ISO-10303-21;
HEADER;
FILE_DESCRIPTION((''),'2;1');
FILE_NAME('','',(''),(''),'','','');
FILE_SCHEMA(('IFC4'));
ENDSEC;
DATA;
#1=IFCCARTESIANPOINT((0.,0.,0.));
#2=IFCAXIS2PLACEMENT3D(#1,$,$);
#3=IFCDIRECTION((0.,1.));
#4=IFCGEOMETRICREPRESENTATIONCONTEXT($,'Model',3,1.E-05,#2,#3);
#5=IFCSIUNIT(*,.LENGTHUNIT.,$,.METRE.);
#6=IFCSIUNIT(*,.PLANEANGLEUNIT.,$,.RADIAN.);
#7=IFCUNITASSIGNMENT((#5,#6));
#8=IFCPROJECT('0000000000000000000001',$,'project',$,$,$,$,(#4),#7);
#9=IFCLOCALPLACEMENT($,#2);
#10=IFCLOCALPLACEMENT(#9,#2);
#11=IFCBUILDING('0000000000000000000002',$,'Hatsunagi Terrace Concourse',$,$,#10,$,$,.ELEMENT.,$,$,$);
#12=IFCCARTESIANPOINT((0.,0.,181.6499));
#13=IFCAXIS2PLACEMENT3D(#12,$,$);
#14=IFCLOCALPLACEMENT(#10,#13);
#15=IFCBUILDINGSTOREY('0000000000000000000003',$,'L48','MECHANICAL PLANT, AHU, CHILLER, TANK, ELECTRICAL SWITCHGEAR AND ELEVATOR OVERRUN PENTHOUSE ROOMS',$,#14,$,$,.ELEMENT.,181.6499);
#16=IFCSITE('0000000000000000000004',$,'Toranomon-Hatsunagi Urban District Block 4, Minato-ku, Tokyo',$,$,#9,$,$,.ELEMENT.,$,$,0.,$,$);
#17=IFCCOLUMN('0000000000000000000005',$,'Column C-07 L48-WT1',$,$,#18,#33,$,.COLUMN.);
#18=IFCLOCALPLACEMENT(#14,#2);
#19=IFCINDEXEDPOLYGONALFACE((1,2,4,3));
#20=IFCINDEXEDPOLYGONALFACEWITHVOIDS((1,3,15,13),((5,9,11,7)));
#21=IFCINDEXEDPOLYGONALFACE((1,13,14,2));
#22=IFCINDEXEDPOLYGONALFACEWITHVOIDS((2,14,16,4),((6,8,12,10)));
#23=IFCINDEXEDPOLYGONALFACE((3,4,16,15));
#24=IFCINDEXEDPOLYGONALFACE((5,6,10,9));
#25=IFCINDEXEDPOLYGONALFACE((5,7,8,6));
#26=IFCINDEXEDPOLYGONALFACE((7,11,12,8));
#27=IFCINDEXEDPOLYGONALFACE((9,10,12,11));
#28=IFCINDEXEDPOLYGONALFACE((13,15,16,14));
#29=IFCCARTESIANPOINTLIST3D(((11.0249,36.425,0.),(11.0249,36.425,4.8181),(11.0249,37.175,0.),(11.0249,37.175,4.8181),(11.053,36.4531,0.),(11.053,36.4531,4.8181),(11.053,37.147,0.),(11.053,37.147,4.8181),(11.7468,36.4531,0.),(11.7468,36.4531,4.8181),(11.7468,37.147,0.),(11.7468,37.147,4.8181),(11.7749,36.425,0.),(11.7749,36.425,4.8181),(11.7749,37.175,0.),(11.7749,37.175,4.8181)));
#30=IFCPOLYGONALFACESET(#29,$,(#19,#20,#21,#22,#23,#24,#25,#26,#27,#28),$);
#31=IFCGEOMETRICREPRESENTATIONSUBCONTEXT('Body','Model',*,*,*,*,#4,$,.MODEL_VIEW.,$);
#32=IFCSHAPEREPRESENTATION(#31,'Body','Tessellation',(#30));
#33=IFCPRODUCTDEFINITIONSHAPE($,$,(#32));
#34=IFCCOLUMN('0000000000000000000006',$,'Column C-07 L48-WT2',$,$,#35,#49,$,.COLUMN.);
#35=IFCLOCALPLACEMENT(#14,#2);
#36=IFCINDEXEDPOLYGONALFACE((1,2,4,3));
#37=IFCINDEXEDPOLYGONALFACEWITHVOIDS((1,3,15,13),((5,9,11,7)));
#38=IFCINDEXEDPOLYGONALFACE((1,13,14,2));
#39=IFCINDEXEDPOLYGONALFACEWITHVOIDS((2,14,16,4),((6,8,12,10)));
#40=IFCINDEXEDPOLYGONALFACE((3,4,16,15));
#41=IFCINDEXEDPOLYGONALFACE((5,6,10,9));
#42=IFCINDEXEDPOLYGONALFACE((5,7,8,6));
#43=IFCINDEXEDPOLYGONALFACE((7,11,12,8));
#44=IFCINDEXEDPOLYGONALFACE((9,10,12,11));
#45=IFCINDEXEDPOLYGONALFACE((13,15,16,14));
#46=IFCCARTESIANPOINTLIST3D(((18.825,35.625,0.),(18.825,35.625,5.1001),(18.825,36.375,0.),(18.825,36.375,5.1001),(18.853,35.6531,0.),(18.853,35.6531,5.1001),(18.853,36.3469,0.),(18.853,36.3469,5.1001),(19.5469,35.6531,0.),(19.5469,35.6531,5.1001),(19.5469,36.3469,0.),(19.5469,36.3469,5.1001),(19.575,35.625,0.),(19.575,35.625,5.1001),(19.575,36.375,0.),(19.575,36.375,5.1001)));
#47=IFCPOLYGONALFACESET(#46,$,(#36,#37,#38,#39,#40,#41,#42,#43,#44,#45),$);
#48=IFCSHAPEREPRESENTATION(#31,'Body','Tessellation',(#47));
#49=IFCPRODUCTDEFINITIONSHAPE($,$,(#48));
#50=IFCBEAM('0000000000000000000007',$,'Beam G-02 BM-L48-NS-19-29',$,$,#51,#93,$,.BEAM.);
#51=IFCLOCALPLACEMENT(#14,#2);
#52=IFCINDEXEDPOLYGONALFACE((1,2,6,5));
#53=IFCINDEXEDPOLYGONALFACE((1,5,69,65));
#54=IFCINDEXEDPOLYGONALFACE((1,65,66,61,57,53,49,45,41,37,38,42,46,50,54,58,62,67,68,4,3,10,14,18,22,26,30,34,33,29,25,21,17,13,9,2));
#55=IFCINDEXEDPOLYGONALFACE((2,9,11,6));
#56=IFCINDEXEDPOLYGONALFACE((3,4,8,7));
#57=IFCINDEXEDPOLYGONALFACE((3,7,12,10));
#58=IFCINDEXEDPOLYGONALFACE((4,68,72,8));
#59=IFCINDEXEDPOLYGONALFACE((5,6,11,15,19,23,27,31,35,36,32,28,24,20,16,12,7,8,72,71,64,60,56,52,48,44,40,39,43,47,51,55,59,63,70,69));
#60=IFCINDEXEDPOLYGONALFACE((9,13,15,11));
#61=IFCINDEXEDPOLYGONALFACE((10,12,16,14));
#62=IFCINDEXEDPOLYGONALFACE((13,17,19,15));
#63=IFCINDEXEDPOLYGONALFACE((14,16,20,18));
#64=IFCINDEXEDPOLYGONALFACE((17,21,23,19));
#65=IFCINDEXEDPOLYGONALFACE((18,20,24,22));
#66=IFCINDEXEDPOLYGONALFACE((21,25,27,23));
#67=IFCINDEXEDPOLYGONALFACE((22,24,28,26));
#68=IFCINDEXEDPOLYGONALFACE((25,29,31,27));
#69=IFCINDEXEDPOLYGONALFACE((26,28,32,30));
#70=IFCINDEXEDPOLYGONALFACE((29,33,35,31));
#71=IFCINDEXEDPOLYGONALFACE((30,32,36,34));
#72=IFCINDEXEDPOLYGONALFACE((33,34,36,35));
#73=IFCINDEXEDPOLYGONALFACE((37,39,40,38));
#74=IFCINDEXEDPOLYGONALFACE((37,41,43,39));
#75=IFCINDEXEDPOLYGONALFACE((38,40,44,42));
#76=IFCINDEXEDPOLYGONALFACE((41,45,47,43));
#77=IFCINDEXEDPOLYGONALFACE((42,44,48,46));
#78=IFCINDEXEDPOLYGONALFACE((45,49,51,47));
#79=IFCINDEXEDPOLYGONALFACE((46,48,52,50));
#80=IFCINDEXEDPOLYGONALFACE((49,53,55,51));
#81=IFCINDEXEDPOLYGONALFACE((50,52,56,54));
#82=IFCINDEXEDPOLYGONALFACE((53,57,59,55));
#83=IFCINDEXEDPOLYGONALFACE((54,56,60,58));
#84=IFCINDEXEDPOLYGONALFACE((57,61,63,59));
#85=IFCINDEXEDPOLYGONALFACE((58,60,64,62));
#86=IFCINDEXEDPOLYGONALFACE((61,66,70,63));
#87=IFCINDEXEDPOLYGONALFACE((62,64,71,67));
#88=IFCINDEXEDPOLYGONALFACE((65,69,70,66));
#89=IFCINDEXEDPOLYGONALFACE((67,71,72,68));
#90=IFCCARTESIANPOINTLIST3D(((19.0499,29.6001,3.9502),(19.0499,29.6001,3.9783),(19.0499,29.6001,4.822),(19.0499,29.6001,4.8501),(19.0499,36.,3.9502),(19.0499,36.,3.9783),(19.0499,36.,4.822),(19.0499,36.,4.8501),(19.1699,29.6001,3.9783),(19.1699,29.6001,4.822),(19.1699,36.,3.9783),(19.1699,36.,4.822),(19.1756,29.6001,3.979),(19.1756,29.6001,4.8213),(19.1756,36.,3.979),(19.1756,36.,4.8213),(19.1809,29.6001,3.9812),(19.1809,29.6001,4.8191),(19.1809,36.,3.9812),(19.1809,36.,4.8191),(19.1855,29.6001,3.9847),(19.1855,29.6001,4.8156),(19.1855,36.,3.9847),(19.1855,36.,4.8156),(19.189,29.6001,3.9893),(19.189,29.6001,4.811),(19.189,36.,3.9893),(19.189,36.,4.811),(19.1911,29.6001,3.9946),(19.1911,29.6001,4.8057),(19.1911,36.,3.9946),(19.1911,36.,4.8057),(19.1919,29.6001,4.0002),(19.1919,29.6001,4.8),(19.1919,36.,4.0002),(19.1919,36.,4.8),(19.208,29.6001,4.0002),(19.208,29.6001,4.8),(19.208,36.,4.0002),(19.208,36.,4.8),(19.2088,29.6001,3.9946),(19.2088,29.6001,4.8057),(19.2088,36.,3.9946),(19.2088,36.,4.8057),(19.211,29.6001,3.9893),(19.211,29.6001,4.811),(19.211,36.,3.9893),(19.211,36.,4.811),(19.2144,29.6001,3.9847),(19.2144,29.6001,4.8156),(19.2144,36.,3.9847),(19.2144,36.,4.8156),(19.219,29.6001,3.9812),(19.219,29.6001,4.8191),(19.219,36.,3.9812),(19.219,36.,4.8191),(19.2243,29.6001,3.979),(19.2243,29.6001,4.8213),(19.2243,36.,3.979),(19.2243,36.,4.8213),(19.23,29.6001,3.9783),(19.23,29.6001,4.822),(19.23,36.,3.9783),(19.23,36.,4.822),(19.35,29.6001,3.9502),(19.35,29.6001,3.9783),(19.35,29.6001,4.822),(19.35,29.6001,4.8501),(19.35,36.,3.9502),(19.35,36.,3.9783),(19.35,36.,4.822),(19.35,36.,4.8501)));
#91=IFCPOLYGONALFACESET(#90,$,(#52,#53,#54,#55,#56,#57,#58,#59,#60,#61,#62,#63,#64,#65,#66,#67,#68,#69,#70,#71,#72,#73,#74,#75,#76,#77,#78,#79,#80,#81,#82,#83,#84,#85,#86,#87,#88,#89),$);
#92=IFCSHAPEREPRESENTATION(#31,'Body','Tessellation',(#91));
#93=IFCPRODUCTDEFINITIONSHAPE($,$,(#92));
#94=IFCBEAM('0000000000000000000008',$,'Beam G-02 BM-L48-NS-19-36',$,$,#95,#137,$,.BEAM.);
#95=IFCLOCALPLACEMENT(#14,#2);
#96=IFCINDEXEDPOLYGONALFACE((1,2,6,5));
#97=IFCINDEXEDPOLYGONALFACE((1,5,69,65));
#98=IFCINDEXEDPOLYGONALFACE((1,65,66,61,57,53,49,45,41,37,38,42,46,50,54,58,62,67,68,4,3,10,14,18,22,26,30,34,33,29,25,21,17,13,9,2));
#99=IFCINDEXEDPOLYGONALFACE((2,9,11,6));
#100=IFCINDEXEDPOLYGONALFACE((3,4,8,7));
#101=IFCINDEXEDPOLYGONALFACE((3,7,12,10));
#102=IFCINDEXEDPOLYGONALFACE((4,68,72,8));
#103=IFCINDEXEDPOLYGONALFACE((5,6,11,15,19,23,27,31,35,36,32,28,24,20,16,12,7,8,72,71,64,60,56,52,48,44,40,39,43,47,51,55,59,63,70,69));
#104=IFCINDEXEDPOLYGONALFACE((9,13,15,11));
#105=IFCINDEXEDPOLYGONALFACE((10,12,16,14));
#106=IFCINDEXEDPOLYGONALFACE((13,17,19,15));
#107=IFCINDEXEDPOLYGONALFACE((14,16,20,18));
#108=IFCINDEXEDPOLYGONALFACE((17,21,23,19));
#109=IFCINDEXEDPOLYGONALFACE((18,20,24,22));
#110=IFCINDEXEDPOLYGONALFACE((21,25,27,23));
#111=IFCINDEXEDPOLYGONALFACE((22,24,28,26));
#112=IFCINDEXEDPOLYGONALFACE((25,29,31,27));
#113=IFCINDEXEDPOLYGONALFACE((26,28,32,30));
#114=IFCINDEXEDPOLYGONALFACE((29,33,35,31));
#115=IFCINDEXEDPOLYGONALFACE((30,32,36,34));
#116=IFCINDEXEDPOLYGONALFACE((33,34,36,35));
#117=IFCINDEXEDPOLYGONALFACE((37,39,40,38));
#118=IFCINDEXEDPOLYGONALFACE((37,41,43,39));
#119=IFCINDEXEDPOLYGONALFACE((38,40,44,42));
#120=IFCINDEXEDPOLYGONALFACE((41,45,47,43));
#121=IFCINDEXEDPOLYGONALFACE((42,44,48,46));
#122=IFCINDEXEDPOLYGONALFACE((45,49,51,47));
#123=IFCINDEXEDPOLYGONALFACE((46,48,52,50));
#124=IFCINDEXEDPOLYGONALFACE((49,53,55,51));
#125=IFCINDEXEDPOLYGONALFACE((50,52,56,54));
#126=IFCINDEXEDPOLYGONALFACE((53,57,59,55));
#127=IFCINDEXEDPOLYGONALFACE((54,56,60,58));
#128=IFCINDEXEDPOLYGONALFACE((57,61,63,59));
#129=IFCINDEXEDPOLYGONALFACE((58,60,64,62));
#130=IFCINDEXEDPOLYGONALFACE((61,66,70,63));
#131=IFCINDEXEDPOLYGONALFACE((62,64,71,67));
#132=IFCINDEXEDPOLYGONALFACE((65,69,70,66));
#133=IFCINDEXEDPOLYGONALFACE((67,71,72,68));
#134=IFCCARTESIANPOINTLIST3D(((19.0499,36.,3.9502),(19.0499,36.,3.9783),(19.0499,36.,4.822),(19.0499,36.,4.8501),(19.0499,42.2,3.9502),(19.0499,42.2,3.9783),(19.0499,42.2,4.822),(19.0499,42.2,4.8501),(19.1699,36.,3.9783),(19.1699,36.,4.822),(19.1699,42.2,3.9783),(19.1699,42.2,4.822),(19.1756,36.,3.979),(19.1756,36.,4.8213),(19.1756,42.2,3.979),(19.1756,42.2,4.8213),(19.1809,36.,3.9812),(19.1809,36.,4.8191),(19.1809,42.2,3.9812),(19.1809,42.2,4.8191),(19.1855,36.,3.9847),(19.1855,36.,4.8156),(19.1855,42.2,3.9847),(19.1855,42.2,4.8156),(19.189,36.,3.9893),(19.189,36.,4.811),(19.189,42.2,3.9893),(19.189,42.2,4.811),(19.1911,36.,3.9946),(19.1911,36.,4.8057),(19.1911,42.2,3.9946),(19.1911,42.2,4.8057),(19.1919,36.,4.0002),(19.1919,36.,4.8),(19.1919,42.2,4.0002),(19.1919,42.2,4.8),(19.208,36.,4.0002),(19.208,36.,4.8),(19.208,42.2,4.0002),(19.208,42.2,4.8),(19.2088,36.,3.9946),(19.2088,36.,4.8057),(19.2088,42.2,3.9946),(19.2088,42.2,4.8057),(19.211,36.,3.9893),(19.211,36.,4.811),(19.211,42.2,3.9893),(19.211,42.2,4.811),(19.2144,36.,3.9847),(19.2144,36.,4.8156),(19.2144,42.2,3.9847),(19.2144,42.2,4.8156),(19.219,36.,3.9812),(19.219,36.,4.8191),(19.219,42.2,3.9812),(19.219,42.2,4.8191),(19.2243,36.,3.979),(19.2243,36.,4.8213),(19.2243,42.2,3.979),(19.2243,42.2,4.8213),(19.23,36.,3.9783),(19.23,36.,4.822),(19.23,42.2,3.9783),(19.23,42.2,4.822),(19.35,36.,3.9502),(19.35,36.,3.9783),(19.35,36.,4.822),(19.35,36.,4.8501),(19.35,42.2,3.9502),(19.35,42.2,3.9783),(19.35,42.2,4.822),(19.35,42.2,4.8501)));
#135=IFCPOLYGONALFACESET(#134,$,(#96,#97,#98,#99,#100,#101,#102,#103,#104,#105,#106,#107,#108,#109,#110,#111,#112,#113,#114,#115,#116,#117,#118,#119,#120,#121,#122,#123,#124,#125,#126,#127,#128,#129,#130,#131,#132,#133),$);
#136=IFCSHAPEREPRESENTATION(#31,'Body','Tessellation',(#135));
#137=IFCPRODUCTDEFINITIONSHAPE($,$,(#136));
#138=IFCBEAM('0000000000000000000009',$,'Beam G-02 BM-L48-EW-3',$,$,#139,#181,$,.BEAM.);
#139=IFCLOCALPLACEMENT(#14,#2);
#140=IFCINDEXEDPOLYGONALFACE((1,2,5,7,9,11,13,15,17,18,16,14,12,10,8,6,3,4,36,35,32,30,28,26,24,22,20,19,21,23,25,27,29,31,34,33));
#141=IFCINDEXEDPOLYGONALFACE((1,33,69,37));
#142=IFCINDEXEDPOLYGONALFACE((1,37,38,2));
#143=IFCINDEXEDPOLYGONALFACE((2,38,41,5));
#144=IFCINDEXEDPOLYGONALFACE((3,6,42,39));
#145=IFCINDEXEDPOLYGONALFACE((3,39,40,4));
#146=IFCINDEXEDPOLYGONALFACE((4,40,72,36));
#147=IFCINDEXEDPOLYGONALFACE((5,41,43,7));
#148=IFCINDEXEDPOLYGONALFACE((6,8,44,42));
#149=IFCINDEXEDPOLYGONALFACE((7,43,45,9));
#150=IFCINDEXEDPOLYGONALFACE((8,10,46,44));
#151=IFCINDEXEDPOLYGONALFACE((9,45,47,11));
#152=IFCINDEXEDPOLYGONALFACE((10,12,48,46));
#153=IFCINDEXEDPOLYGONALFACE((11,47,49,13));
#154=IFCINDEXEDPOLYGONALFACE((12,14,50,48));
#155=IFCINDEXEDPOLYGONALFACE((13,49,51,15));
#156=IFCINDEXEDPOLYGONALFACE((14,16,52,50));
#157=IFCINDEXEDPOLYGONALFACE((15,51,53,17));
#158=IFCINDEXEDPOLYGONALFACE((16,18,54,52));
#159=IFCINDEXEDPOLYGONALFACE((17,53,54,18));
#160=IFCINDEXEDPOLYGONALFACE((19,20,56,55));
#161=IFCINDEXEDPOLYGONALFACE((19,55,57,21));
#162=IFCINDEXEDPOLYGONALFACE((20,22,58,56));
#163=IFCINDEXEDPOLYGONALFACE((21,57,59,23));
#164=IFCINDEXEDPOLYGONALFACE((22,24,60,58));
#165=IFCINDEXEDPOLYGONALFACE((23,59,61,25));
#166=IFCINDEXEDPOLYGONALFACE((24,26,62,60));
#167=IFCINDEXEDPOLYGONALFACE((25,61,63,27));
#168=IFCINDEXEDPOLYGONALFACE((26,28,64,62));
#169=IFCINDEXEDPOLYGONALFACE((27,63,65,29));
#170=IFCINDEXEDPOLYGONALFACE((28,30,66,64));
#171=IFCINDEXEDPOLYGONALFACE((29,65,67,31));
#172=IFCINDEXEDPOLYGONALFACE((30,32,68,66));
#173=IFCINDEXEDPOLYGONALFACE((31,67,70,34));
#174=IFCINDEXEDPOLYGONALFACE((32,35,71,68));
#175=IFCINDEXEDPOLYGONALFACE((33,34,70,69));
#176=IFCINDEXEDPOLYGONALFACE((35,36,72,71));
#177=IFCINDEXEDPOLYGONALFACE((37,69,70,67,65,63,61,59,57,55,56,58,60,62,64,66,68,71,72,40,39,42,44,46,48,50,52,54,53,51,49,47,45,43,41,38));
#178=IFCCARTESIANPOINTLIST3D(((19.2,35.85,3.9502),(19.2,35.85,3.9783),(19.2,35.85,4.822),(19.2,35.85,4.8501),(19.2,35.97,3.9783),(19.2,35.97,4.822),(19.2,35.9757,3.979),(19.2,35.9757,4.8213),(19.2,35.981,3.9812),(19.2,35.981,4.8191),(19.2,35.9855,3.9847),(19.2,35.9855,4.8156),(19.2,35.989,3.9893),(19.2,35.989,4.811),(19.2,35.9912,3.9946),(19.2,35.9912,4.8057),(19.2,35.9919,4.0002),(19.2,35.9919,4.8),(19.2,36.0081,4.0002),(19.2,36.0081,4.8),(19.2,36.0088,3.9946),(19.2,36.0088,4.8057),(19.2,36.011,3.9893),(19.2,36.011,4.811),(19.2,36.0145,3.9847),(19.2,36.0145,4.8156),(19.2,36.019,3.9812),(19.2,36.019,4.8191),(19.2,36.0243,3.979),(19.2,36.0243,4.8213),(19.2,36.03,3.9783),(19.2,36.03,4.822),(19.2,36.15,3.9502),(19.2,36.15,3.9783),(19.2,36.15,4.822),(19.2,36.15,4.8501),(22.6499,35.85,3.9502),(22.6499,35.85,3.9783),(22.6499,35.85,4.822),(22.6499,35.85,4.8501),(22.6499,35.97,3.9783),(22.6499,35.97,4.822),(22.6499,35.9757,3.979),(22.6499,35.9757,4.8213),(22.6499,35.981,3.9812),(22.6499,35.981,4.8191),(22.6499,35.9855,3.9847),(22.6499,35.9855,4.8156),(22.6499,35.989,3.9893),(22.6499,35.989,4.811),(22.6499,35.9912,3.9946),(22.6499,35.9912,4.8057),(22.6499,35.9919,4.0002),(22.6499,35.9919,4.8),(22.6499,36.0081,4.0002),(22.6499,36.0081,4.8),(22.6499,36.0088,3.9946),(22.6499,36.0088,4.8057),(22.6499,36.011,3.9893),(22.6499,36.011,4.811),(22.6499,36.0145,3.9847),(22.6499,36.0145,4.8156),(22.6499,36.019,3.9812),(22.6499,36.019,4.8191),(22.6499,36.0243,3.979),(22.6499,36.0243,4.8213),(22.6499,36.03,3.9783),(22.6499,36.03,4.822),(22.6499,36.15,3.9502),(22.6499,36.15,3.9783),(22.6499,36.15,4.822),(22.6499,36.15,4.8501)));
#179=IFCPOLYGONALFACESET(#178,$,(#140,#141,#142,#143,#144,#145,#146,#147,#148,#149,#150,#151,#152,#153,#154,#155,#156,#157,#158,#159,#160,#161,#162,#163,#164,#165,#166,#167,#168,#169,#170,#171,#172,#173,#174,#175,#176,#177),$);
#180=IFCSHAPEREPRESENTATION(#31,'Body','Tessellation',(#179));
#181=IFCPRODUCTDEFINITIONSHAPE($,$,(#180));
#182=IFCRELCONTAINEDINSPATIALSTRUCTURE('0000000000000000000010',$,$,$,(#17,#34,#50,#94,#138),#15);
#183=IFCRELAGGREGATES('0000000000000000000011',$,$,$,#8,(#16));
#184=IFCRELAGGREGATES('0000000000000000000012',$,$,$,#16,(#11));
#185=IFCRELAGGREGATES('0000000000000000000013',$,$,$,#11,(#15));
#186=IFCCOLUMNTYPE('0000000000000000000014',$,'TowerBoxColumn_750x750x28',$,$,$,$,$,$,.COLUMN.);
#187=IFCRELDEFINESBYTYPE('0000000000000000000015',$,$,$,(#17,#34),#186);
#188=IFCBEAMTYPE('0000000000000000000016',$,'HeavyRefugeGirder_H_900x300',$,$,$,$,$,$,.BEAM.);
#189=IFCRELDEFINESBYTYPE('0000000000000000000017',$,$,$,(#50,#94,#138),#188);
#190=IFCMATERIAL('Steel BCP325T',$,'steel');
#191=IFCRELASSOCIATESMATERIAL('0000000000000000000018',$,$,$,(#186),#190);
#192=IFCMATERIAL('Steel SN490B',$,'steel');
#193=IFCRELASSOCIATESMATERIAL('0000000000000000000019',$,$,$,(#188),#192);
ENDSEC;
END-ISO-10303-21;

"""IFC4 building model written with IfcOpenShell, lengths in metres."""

from ifc_helpers import new_model, si_unit, direction, frame, origin, origin_2d, place, context, subcontext, project, spatial, hollow_rectangle, i_section, extrude, material, material_profile, profile_set, type_object, element, save


model = new_model("IFC4")

# Units and contexts
model_context = context("Model", 3, precision=1e-05, world=origin(), true_north=direction((0.0, 1.0)))
body_context = subcontext(model_context, "Body", "Model", "MODEL_VIEW")
ifc_project = project(units=[si_unit("LENGTHUNIT", "METRE"), si_unit("PLANEANGLEUNIT", "RADIAN")], contexts=[model_context])

# Site, building, storey
site_placement = place(None, origin())
site = spatial("IfcSite", under=ifc_project, at=site_placement, Name="Toranomon-Hatsunagi Urban District Block 4, Minato-ku, Tokyo", CompositionType="ELEMENT", RefElevation=0.0)
building_placement = place(site_placement, origin())
building = spatial("IfcBuilding", under=site, at=building_placement, Name="Hatsunagi Terrace Concourse", CompositionType="ELEMENT")
storey_placement = place(building_placement, frame((0.0, 0.0, 181.6499)))
storey = spatial("IfcBuildingStorey", under=building, at=storey_placement, Name="L48", Description="MECHANICAL PLANT, AHU, CHILLER, TANK, ELECTRICAL SWITCHGEAR AND ELEVATOR OVERRUN PENTHOUSE ROOMS", CompositionType="ELEMENT", Elevation=181.6499)

# Columns
ifc_material_1 = material(Name="Steel BCP325T", Category="steel")
ifc_material_profile_1 = material_profile(ifc_material_1, hollow_rectangle(XDim=0.75, YDim=0.75, WallThickness=0.0281, at=origin_2d()), Name="BCP-750x750x28")
ifc_profile_set_1 = profile_set([ifc_material_profile_1], Name="Steel BCP325T")
column_type = type_object("IfcColumnType", Name="TowerBoxColumn_750x750x28", PredefinedType="COLUMN", material=ifc_profile_set_1)
column_1_placement = place(storey_placement, frame((11.3999, 36.8, 0.0), z_axis=(0.0, 0.0, 1.0), x_axis=(1.0, 0.0, 0.0)))
element("IfcColumn", 1, at=column_1_placement, inside=storey, type_object=column_type, Name="Column C-07 L48-WT1", PredefinedType="COLUMN", context=body_context, shape_type="SweptSolid", body=[
    extrude(hollow_rectangle(XDim=0.75, YDim=0.75, WallThickness=0.0281, at=origin_2d()), origin(), (0.0, 0.0, 1.0), 4.8181),
])
column_2_placement = place(storey_placement, frame((19.2, 36.0, 0.0), z_axis=(0.0, 0.0, 1.0), x_axis=(1.0, 0.0, 0.0)))
element("IfcColumn", 2, at=column_2_placement, inside=storey, type_object=column_type, Name="Column C-07 L48-WT2", PredefinedType="COLUMN", context=body_context, shape_type="SweptSolid", body=[
    extrude(hollow_rectangle(XDim=0.75, YDim=0.75, WallThickness=0.0281, at=origin_2d()), origin(), (0.0, 0.0, 1.0), 5.1001),
])

# Beams
ifc_material_2 = material(Name="Steel SN490B", Category="steel")
ifc_material_profile_2 = material_profile(ifc_material_2, i_section(OverallWidth=0.3, OverallDepth=0.8999, WebThickness=0.0161, FlangeThickness=0.0281, FilletRadius=0.022, at=origin_2d()), Name="H-900x300x16x28")
ifc_profile_set_2 = profile_set([ifc_material_profile_2], Name="Steel SN490B")
beam_type_1 = type_object("IfcBeamType", Name="HeavyRefugeGirder_H_900x300", PredefinedType="BEAM", material=ifc_profile_set_2)
beam_1_placement = place(storey_placement, frame((19.2, 29.6001, 4.4001), z_axis=(0.0, 1.0, 0.0), x_axis=(-1.0, 0.0, 0.0)))
element("IfcBeam", 3, at=beam_1_placement, inside=storey, type_object=beam_type_1, Name="Beam G-02 BM-L48-NS-19-29", PredefinedType="BEAM", context=body_context, shape_type="SweptSolid", body=[
    extrude(i_section(OverallWidth=0.3, OverallDepth=0.8999, WebThickness=0.0161, FlangeThickness=0.0281, FilletRadius=0.022, at=origin_2d()), origin(), (0.0, 0.0, 1.0), 6.3999),
])
beam_2_placement = place(storey_placement, frame((19.2, 36.0, 4.4001), z_axis=(0.0, 1.0, 0.0), x_axis=(-1.0, 0.0, 0.0)))
element("IfcBeam", 4, at=beam_2_placement, inside=storey, type_object=beam_type_1, Name="Beam G-02 BM-L48-NS-19-36", PredefinedType="BEAM", context=body_context, shape_type="SweptSolid", body=[
    extrude(i_section(OverallWidth=0.3, OverallDepth=0.8999, WebThickness=0.0161, FlangeThickness=0.0281, FilletRadius=0.022, at=origin_2d()), origin(), (0.0, 0.0, 1.0), 6.2),
])
beam_3_placement = place(storey_placement, frame((19.2, 36.0, 4.4001), z_axis=(1.0, 0.0, 0.0), x_axis=(0.0, 1.0, 0.0)))
element("IfcBeam", 5, at=beam_3_placement, inside=storey, type_object=beam_type_1, Name="Beam G-02 BM-L48-EW-3", PredefinedType="BEAM", context=body_context, shape_type="SweptSolid", body=[
    extrude(i_section(OverallWidth=0.3, OverallDepth=0.8999, WebThickness=0.0161, FlangeThickness=0.0281, FilletRadius=0.022, at=origin_2d()), origin(), (0.0, 0.0, 1.0), 3.45),
])

save(model, "model.ifc")
